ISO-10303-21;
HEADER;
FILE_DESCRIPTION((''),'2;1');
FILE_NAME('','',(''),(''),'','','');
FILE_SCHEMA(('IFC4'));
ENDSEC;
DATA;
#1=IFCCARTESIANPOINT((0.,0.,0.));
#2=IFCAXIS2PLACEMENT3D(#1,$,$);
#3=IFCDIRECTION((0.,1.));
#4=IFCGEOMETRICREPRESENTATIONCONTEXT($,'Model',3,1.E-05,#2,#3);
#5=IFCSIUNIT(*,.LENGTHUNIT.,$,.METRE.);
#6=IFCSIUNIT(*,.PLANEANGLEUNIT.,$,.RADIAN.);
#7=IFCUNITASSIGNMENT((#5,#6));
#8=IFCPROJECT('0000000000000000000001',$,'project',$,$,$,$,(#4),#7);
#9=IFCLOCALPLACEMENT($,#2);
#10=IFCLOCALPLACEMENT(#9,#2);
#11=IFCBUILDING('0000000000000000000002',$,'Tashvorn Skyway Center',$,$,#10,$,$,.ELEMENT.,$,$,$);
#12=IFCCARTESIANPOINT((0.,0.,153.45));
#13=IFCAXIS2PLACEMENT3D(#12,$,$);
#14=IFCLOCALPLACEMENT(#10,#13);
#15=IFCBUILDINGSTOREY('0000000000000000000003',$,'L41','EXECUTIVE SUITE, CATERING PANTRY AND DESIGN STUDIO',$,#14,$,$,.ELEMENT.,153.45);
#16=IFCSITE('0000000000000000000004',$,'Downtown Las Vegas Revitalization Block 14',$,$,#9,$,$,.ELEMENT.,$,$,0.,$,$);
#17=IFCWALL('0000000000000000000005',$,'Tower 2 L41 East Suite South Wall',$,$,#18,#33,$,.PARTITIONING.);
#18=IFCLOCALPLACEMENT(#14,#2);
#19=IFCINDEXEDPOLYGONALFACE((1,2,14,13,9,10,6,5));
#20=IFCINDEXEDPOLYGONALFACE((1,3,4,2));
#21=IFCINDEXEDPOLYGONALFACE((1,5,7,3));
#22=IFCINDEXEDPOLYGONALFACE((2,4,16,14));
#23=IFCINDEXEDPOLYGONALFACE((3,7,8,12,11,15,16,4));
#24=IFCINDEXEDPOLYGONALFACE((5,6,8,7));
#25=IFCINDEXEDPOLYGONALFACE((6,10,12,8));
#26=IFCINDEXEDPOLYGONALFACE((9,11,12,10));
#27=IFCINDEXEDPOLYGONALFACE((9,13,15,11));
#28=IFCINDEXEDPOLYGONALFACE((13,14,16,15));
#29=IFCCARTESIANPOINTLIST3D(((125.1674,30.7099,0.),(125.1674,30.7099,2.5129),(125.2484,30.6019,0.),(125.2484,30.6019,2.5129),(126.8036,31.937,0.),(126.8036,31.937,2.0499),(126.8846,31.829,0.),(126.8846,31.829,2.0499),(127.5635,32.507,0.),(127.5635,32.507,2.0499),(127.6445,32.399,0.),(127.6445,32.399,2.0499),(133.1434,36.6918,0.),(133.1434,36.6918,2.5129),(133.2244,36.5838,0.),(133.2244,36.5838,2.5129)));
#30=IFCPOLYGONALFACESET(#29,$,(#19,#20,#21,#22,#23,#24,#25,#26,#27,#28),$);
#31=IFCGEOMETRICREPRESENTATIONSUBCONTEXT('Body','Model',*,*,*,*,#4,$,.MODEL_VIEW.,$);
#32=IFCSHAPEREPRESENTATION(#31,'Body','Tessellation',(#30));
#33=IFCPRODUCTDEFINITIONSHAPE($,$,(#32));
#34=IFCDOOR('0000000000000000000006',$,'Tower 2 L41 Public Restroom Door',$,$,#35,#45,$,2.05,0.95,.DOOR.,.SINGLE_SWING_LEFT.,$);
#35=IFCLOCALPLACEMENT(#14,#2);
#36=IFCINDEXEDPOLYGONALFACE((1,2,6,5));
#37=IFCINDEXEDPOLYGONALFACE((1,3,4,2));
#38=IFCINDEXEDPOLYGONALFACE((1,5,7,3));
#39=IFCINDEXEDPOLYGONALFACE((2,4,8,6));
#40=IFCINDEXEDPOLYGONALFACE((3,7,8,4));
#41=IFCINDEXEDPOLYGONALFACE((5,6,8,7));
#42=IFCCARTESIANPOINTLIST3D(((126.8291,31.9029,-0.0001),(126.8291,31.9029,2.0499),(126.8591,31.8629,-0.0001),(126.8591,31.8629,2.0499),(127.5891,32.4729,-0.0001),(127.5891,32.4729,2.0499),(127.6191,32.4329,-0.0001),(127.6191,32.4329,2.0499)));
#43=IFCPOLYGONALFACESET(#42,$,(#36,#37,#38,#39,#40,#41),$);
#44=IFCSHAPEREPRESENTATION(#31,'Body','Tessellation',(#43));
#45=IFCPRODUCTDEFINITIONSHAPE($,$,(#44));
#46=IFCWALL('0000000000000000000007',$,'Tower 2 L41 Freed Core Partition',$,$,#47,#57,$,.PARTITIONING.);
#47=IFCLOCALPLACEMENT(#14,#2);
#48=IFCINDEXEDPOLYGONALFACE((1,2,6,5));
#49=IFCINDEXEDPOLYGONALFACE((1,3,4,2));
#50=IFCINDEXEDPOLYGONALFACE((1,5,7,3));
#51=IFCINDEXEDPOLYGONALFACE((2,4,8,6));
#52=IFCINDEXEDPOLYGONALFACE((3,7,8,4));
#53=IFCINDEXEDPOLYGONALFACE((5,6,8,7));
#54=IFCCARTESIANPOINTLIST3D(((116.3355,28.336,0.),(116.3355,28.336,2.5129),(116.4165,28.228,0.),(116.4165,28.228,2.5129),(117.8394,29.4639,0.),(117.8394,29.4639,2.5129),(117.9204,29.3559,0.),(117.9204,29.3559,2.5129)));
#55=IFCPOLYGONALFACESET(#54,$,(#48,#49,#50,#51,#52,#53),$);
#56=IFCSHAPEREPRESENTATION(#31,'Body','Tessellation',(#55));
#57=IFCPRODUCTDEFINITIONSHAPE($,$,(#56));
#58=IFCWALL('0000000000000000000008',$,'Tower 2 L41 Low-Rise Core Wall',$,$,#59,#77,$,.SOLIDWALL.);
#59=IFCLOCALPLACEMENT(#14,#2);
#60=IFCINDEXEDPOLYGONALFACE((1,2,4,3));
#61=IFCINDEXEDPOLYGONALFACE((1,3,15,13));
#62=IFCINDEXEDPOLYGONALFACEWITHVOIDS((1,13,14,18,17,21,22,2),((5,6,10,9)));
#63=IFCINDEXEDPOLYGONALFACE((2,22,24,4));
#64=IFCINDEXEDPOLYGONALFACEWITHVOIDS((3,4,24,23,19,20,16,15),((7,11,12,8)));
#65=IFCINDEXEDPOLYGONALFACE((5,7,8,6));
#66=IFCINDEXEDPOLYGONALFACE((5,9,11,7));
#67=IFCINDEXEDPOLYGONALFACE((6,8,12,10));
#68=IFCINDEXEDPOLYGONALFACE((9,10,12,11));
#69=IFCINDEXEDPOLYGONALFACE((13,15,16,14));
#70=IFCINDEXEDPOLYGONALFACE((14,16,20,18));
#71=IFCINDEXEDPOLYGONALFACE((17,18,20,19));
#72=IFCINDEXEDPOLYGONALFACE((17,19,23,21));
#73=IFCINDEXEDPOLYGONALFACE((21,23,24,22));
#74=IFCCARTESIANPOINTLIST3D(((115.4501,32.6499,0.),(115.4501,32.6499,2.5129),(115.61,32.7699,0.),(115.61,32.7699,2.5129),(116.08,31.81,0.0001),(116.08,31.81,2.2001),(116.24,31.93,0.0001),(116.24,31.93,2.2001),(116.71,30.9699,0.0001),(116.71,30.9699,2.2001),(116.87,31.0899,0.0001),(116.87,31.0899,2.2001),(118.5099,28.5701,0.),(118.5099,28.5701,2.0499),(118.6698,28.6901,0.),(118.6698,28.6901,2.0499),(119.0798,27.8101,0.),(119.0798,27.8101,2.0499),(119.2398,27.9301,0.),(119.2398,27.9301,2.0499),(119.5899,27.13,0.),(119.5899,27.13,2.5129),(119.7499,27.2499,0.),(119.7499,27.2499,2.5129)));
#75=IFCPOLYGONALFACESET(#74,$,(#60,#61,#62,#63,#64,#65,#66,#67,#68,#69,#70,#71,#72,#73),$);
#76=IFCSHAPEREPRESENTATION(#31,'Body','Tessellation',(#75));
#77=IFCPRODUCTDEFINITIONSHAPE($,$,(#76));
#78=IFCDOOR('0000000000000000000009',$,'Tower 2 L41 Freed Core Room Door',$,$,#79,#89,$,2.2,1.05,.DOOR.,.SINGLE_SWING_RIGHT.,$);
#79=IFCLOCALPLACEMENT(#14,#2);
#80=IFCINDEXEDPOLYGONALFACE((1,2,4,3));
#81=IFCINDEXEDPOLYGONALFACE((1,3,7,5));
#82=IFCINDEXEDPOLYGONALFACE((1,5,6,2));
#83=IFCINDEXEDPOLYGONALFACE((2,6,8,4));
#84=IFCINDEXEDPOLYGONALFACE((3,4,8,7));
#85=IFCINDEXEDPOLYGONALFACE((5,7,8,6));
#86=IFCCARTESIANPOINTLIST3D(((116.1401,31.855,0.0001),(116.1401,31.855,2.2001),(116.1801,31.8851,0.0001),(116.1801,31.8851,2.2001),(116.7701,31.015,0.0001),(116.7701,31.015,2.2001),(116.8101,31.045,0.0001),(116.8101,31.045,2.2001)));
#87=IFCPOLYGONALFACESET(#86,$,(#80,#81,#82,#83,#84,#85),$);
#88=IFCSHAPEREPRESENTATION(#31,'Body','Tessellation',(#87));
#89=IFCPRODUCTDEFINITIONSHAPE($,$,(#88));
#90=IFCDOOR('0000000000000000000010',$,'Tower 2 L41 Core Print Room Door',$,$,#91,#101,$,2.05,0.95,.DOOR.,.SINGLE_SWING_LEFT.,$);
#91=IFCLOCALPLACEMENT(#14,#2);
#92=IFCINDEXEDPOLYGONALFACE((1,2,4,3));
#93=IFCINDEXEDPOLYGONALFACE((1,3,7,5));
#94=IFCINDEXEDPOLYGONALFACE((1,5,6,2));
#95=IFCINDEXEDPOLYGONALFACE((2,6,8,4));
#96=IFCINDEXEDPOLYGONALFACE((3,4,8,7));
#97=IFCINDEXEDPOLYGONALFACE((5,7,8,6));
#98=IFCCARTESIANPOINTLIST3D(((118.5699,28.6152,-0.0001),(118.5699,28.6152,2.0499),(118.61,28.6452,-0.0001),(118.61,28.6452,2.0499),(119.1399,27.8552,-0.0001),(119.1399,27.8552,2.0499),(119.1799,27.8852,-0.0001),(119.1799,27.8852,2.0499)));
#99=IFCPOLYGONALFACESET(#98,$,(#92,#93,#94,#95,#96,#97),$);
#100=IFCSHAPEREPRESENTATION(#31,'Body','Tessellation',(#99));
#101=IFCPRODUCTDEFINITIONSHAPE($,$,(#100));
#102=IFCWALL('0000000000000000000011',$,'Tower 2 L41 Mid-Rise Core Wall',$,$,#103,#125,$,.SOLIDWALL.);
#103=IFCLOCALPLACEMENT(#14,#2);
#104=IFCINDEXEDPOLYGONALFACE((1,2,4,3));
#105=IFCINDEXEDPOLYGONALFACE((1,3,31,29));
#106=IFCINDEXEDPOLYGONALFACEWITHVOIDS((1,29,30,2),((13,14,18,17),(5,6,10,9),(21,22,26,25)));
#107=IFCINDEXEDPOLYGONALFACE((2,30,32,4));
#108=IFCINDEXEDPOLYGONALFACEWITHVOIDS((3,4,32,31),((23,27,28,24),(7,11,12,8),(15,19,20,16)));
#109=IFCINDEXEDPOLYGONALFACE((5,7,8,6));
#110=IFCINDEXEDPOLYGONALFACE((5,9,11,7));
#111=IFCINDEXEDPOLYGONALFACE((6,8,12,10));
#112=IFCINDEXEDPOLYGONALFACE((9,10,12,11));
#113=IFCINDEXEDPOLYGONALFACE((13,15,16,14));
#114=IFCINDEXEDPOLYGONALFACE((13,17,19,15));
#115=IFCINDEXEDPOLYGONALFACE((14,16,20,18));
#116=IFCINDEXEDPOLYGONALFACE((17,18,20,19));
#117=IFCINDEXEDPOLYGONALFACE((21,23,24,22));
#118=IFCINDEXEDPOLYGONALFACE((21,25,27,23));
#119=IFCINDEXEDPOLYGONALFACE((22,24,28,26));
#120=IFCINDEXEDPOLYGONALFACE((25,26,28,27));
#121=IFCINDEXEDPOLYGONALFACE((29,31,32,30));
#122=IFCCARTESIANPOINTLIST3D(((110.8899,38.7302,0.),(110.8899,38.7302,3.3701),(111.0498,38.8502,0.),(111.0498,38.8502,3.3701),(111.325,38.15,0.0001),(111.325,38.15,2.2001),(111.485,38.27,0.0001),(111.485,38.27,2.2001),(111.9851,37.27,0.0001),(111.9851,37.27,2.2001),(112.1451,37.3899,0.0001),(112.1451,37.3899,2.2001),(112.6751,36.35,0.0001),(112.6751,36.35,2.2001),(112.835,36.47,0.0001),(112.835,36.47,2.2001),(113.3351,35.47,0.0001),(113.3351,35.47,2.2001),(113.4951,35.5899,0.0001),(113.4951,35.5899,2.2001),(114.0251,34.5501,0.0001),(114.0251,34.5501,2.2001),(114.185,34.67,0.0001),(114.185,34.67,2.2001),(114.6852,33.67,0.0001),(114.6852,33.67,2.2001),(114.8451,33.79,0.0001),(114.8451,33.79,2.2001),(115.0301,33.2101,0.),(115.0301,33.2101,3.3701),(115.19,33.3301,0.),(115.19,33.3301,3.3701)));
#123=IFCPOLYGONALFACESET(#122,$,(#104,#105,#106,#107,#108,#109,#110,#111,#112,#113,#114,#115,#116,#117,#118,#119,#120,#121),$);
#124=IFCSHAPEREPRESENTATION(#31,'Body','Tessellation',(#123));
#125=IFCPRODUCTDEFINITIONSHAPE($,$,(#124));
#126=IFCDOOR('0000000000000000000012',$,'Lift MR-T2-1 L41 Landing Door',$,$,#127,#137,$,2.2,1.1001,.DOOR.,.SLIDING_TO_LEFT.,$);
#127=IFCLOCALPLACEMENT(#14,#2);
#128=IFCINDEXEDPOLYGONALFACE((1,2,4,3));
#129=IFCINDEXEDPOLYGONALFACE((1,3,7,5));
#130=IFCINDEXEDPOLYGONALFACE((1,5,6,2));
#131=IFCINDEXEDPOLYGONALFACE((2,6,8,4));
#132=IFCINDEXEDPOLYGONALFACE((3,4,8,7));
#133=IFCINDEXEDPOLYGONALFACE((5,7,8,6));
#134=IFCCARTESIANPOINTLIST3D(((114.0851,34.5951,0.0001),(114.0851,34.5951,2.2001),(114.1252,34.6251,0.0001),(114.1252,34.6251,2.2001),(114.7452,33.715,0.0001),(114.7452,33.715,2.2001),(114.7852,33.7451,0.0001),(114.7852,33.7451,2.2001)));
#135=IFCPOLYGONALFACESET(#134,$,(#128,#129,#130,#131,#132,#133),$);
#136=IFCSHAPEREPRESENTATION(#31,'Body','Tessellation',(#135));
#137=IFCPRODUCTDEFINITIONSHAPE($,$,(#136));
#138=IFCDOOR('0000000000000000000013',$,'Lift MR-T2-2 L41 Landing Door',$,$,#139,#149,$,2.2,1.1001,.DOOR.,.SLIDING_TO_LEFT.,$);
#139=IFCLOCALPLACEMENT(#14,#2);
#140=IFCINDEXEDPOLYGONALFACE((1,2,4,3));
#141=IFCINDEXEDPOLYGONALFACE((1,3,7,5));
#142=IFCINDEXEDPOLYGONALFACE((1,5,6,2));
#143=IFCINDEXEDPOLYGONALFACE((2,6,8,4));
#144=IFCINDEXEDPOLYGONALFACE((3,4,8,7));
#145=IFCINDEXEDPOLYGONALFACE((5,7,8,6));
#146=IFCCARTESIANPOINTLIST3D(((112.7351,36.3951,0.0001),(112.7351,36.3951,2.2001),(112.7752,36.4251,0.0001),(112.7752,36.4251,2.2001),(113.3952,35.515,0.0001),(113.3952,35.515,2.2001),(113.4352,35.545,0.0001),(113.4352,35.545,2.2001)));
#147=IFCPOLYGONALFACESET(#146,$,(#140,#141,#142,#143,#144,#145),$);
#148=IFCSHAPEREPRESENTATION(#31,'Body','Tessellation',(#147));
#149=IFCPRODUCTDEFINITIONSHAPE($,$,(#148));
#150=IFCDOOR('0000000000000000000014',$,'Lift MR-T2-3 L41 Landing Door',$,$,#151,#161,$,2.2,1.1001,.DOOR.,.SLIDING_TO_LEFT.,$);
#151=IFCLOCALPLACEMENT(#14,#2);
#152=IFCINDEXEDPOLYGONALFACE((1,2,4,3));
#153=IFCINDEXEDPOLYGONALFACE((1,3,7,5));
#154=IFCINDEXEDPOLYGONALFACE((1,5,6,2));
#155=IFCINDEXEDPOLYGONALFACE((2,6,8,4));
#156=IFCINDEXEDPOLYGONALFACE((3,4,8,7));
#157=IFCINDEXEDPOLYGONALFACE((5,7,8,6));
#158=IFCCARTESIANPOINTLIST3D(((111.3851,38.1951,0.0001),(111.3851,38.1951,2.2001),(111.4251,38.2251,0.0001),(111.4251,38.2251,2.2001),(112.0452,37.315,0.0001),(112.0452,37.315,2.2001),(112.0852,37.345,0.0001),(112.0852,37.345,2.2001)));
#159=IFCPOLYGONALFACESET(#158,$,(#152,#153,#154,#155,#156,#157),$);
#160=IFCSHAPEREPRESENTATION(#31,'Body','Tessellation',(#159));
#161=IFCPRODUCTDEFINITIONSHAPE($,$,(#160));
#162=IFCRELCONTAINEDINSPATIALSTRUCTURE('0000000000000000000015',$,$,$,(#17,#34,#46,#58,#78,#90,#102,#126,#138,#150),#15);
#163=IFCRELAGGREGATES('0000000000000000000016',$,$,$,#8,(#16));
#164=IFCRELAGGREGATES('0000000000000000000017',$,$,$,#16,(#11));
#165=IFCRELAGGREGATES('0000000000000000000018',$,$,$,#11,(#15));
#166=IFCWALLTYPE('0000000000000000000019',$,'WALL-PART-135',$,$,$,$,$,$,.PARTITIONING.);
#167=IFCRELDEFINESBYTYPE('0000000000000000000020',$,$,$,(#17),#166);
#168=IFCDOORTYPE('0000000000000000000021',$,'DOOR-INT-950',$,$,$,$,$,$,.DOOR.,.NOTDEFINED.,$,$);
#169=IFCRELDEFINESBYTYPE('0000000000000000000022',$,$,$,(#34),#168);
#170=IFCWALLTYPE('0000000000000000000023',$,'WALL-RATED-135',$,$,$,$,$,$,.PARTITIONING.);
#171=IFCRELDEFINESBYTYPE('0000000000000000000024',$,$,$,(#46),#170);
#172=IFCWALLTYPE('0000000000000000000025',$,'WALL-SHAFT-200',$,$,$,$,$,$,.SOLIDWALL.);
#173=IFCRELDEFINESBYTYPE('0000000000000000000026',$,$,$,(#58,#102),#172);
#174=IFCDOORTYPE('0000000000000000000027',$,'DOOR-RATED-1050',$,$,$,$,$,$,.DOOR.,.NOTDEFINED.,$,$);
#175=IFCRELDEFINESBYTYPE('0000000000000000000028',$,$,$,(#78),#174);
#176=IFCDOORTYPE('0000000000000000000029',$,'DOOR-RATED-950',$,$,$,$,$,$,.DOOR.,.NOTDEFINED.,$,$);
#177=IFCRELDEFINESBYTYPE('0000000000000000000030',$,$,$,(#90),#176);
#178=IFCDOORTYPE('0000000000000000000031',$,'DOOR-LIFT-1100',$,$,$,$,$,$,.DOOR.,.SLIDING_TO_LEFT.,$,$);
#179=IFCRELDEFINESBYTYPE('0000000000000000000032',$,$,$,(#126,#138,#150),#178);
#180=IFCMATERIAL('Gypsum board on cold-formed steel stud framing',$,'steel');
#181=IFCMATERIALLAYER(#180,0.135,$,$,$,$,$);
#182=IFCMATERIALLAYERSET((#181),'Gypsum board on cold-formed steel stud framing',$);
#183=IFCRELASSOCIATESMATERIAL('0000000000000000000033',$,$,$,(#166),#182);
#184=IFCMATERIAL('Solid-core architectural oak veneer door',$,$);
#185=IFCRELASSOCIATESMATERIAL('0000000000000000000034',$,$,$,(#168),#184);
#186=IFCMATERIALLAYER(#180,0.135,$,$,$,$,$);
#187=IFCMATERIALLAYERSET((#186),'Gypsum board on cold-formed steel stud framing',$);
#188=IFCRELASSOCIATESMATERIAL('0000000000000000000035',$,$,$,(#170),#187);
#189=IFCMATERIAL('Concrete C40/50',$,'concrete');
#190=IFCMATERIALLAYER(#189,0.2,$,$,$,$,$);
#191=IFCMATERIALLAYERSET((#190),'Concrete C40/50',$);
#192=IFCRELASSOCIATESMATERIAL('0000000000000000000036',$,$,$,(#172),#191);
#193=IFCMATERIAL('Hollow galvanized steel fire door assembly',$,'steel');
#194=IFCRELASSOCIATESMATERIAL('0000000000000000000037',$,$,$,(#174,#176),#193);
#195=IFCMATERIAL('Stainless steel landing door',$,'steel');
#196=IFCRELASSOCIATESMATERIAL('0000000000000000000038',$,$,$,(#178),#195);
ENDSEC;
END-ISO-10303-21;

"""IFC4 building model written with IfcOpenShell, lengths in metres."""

from ifc_helpers import new_model, si_unit, direction, frame, frame_2d, origin, place, context, subcontext, project, spatial, rectangle, extrude, material, layer, layer_set, type_object, element, fill, save


model = new_model("IFC4")

# Units and contexts
model_context = context("Model", 3, precision=1e-05, world=origin(), true_north=direction((0.0, 1.0)))
body_context = subcontext(model_context, "Body", "Model", "MODEL_VIEW")
ifc_project = project(units=[si_unit("LENGTHUNIT", "METRE"), si_unit("PLANEANGLEUNIT", "RADIAN")], contexts=[model_context])

# Site, building, storey
site_placement = place(None, origin())
site = spatial("IfcSite", under=ifc_project, at=site_placement, Name="Downtown Las Vegas Revitalization Block 14", CompositionType="ELEMENT", RefElevation=0.0)
building_placement = place(site_placement, origin())
building = spatial("IfcBuilding", under=site, at=building_placement, Name="Tashvorn Skyway Center", CompositionType="ELEMENT")
storey_placement = place(building_placement, frame((0.0, 0.0, 153.45)))
storey = spatial("IfcBuildingStorey", under=building, at=storey_placement, Name="L41", Description="EXECUTIVE SUITE, CATERING PANTRY AND DESIGN STUDIO", CompositionType="ELEMENT", Elevation=153.45)

# Shared definitions
ifc_material_1 = material(Name="Hollow galvanized steel fire door assembly", Category="steel")
ifc_material_2 = material(Name="Gypsum board on cold-formed steel stud framing", Category="steel")
ifc_layer_1 = layer(ifc_material_2, 0.135)
ifc_layer_set_1 = layer_set([ifc_layer_1], Name="Gypsum board on cold-formed steel stud framing")
wall_type_1 = type_object("IfcWallType", Name="WALL-PART-135", PredefinedType="PARTITIONING", material=ifc_layer_set_1)
ifc_material_3 = material(Name="Solid-core architectural oak veneer door")
door_type_1 = type_object("IfcDoorType", Name="DOOR-INT-950", OperationType="NOTDEFINED", PredefinedType="DOOR", material=ifc_material_3)

# Wall, opening, door
wall_1_placement = place(storey_placement, frame((125.208, 30.656, 0.0), z_axis=(0.0, 0.0, 1.0), x_axis=(0.800006, 0.599992, 0.0)))
wall_1 = element("IfcWall", 1, at=wall_1_placement, inside=storey, type_object=wall_type_1, Name="Tower 2 L41 East Suite South Wall", PredefinedType="PARTITIONING", context=body_context, shape_type="SweptSolid", body=[
    extrude(rectangle(XDim=9.97, YDim=0.135, at=frame_2d((4.9849, 0.0))), origin(), (0.0, 0.0, 1.0), 2.5129),
])
opening_1_placement = place(wall_1_placement, frame((2.0449, 0.0, 0.0)))
opening_1 = element("IfcOpeningElement", 2, at=opening_1_placement, cuts=wall_1, PredefinedType="OPENING", context=body_context, shape_type="SweptSolid", body=[
    extrude(rectangle(XDim=0.95, YDim=2.05, at=frame_2d((0.4751, 1.0249))), frame((0.0, 0.0774, 0.0), z_axis=(0.0, -1.0, 0.0), x_axis=(1.0, 0.0, 0.0)), (0.0, 0.0, 1.0), 0.155),
])
door_1_placement = place(opening_1_placement, origin())
door_1 = element("IfcDoor", 3, at=door_1_placement, inside=storey, type_object=door_type_1, Name="Tower 2 L41 Public Restroom Door", OperationType="SINGLE_SWING_LEFT", OverallHeight=2.05, OverallWidth=0.95, PredefinedType="DOOR", context=body_context, shape_type="SweptSolid", body=[
    extrude(rectangle(XDim=0.95, YDim=2.05, at=frame_2d((0.4751, 1.0249))), frame((0.0, 0.0249, 0.0), z_axis=(0.0, -1.0, 0.0), x_axis=(1.0, 0.0, 0.0)), (0.0, 0.0, 1.0), 0.05),
])
fill(opening_1, door_1)

# Wall
ifc_layer_2 = layer(ifc_material_2, 0.135)
ifc_layer_set_2 = layer_set([ifc_layer_2], Name="Gypsum board on cold-formed steel stud framing")
wall_type_2 = type_object("IfcWallType", Name="WALL-RATED-135", PredefinedType="PARTITIONING", material=ifc_layer_set_2)
wall_2_placement = place(storey_placement, frame((116.376, 28.282, 0.0), z_axis=(0.0, 0.0, 1.0), x_axis=(0.8, 0.6, 0.0)))
element("IfcWall", 4, at=wall_2_placement, inside=storey, type_object=wall_type_2, Name="Tower 2 L41 Freed Core Partition", PredefinedType="PARTITIONING", context=body_context, shape_type="SweptSolid", body=[
    extrude(rectangle(XDim=1.8799, YDim=0.135, at=frame_2d((0.9399, 0.0))), origin(), (0.0, 0.0, 1.0), 2.5129),
])

# Walls, openings, doors
ifc_material_4 = material(Name="Concrete C40/50", Category="concrete")
ifc_layer_3 = layer(ifc_material_4, 0.2)
ifc_layer_set_3 = layer_set([ifc_layer_3], Name="Concrete C40/50")
wall_type_3 = type_object("IfcWallType", Name="WALL-SHAFT-200", PredefinedType="SOLIDWALL", material=ifc_layer_set_3)
wall_3_placement = place(storey_placement, frame((119.6699, 27.1899, 0.0), z_axis=(0.0, 0.0, 1.0), x_axis=(-0.599989, 0.800008, 0.0)))
wall_3 = element("IfcWall", 5, at=wall_3_placement, inside=storey, type_object=wall_type_3, Name="Tower 2 L41 Low-Rise Core Wall", PredefinedType="SOLIDWALL", context=body_context, shape_type="SweptSolid", body=[
    extrude(rectangle(XDim=6.8999, YDim=0.2, at=frame_2d((3.45, 0.0))), origin(), (0.0, 0.0, 1.0), 2.5129),
])
opening_2_placement = place(wall_3_placement, frame((0.8501, 0.0, 0.0)))
opening_2 = element("IfcOpeningElement", 6, at=opening_2_placement, cuts=wall_3, PredefinedType="OPENING", context=body_context, shape_type="SweptSolid", body=[
    extrude(rectangle(XDim=0.95, YDim=2.05, at=frame_2d((0.4751, 1.0249))), frame((0.0, 0.1099, 0.0), z_axis=(0.0, -1.0, 0.0), x_axis=(1.0, 0.0, 0.0)), (0.0, 0.0, 1.0), 0.22),
])
opening_3_placement = place(wall_3_placement, frame((4.8, 0.0, 0.0)))
opening_3 = element("IfcOpeningElement", 7, at=opening_3_placement, cuts=wall_3, PredefinedType="OPENING", context=body_context, shape_type="SweptSolid", body=[
    extrude(rectangle(XDim=1.05, YDim=2.2, at=frame_2d((0.5249, 1.1001))), frame((0.0, 0.1099, 0.0), z_axis=(0.0, -1.0, 0.0), x_axis=(1.0, 0.0, 0.0)), (0.0, 0.0, 1.0), 0.22),
])
door_type_2 = type_object("IfcDoorType", Name="DOOR-RATED-1050", OperationType="NOTDEFINED", PredefinedType="DOOR", material=ifc_material_1)
door_2_placement = place(opening_3_placement, origin())
door_2 = element("IfcDoor", 8, at=door_2_placement, inside=storey, type_object=door_type_2, Name="Tower 2 L41 Freed Core Room Door", OperationType="SINGLE_SWING_RIGHT", OverallHeight=2.2, OverallWidth=1.05, PredefinedType="DOOR", context=body_context, shape_type="SweptSolid", body=[
    extrude(rectangle(XDim=1.05, YDim=2.2, at=frame_2d((0.5249, 1.1001))), frame((0.0, 0.0249, 0.0), z_axis=(0.0, -1.0, 0.0), x_axis=(1.0, 0.0, 0.0)), (0.0, 0.0, 1.0), 0.05),
])
fill(opening_3, door_2)
door_type_3 = type_object("IfcDoorType", Name="DOOR-RATED-950", OperationType="NOTDEFINED", PredefinedType="DOOR", material=ifc_material_1)
door_3_placement = place(opening_2_placement, origin())
door_3 = element("IfcDoor", 9, at=door_3_placement, inside=storey, type_object=door_type_3, Name="Tower 2 L41 Core Print Room Door", OperationType="SINGLE_SWING_LEFT", OverallHeight=2.05, OverallWidth=0.95, PredefinedType="DOOR", context=body_context, shape_type="SweptSolid", body=[
    extrude(rectangle(XDim=0.95, YDim=2.05, at=frame_2d((0.4751, 1.0249))), frame((0.0, 0.0249, 0.0), z_axis=(0.0, -1.0, 0.0), x_axis=(1.0, 0.0, 0.0)), (0.0, 0.0, 1.0), 0.05),
])
fill(opening_2, door_3)
wall_4_placement = place(storey_placement, frame((115.1101, 33.27, 0.0), z_axis=(0.0, 0.0, 1.0), x_axis=(-0.600011, 0.799992, 0.0)))
wall_4 = element("IfcWall", 10, at=wall_4_placement, inside=storey, type_object=wall_type_3, Name="Tower 2 L41 Mid-Rise Core Wall", PredefinedType="SOLIDWALL", context=body_context, shape_type="SweptSolid", body=[
    extrude(rectangle(XDim=6.9001, YDim=0.2, at=frame_2d((3.4502, 0.0))), origin(), (0.0, 0.0, 1.0), 3.3701),
])
opening_4_placement = place(wall_4_placement, frame((0.575, 0.0, 0.0)))
opening_4 = element("IfcOpeningElement", 11, at=opening_4_placement, cuts=wall_4, PredefinedType="OPENING", context=body_context, shape_type="SweptSolid", body=[
    extrude(rectangle(XDim=1.1001, YDim=2.2, at=frame_2d((0.55, 1.1001))), frame((0.0, 0.1099, 0.0), z_axis=(0.0, -1.0, 0.0), x_axis=(1.0, 0.0, 0.0)), (0.0, 0.0, 1.0), 0.22),
])
opening_5_placement = place(wall_4_placement, frame((2.825, 0.0, 0.0)))
opening_5 = element("IfcOpeningElement", 12, at=opening_5_placement, cuts=wall_4, PredefinedType="OPENING", context=body_context, shape_type="SweptSolid", body=[
    extrude(rectangle(XDim=1.1001, YDim=2.2, at=frame_2d((0.55, 1.1001))), frame((0.0, 0.1099, 0.0), z_axis=(0.0, -1.0, 0.0), x_axis=(1.0, 0.0, 0.0)), (0.0, 0.0, 1.0), 0.22),
])
opening_6_placement = place(wall_4_placement, frame((5.075, 0.0, 0.0)))
opening_6 = element("IfcOpeningElement", 13, at=opening_6_placement, cuts=wall_4, PredefinedType="OPENING", context=body_context, shape_type="SweptSolid", body=[
    extrude(rectangle(XDim=1.1001, YDim=2.2, at=frame_2d((0.55, 1.1001))), frame((0.0, 0.1099, 0.0), z_axis=(0.0, -1.0, 0.0), x_axis=(1.0, 0.0, 0.0)), (0.0, 0.0, 1.0), 0.22),
])
ifc_material_5 = material(Name="Stainless steel landing door", Category="steel")
door_type_4 = type_object("IfcDoorType", Name="DOOR-LIFT-1100", OperationType="SLIDING_TO_LEFT", PredefinedType="DOOR", material=ifc_material_5)
door_4_placement = place(opening_4_placement, origin())
door_4 = element("IfcDoor", 14, at=door_4_placement, inside=storey, type_object=door_type_4, Name="Lift MR-T2-1 L41 Landing Door", OperationType="SLIDING_TO_LEFT", OverallHeight=2.2, OverallWidth=1.1001, PredefinedType="DOOR", context=body_context, shape_type="SweptSolid", body=[
    extrude(rectangle(XDim=1.1001, YDim=2.2, at=frame_2d((0.55, 1.1001))), frame((0.0, 0.0249, 0.0), z_axis=(0.0, -1.0, 0.0), x_axis=(1.0, 0.0, 0.0)), (0.0, 0.0, 1.0), 0.05),
])
fill(opening_4, door_4)
door_5_placement = place(opening_5_placement, origin())
door_5 = element("IfcDoor", 15, at=door_5_placement, inside=storey, type_object=door_type_4, Name="Lift MR-T2-2 L41 Landing Door", OperationType="SLIDING_TO_LEFT", OverallHeight=2.2, OverallWidth=1.1001, PredefinedType="DOOR", context=body_context, shape_type="SweptSolid", body=[
    extrude(rectangle(XDim=1.1001, YDim=2.2, at=frame_2d((0.55, 1.1001))), frame((0.0, 0.0249, 0.0), z_axis=(0.0, -1.0, 0.0), x_axis=(1.0, 0.0, 0.0)), (0.0, 0.0, 1.0), 0.05),
])
fill(opening_5, door_5)
door_6_placement = place(opening_6_placement, origin())
door_6 = element("IfcDoor", 16, at=door_6_placement, inside=storey, type_object=door_type_4, Name="Lift MR-T2-3 L41 Landing Door", OperationType="SLIDING_TO_LEFT", OverallHeight=2.2, OverallWidth=1.1001, PredefinedType="DOOR", context=body_context, shape_type="SweptSolid", body=[
    extrude(rectangle(XDim=1.1001, YDim=2.2, at=frame_2d((0.55, 1.1001))), frame((0.0, 0.0249, 0.0), z_axis=(0.0, -1.0, 0.0), x_axis=(1.0, 0.0, 0.0)), (0.0, 0.0, 1.0), 0.05),
])
fill(opening_6, door_6)

save(model, "model.ifc")
